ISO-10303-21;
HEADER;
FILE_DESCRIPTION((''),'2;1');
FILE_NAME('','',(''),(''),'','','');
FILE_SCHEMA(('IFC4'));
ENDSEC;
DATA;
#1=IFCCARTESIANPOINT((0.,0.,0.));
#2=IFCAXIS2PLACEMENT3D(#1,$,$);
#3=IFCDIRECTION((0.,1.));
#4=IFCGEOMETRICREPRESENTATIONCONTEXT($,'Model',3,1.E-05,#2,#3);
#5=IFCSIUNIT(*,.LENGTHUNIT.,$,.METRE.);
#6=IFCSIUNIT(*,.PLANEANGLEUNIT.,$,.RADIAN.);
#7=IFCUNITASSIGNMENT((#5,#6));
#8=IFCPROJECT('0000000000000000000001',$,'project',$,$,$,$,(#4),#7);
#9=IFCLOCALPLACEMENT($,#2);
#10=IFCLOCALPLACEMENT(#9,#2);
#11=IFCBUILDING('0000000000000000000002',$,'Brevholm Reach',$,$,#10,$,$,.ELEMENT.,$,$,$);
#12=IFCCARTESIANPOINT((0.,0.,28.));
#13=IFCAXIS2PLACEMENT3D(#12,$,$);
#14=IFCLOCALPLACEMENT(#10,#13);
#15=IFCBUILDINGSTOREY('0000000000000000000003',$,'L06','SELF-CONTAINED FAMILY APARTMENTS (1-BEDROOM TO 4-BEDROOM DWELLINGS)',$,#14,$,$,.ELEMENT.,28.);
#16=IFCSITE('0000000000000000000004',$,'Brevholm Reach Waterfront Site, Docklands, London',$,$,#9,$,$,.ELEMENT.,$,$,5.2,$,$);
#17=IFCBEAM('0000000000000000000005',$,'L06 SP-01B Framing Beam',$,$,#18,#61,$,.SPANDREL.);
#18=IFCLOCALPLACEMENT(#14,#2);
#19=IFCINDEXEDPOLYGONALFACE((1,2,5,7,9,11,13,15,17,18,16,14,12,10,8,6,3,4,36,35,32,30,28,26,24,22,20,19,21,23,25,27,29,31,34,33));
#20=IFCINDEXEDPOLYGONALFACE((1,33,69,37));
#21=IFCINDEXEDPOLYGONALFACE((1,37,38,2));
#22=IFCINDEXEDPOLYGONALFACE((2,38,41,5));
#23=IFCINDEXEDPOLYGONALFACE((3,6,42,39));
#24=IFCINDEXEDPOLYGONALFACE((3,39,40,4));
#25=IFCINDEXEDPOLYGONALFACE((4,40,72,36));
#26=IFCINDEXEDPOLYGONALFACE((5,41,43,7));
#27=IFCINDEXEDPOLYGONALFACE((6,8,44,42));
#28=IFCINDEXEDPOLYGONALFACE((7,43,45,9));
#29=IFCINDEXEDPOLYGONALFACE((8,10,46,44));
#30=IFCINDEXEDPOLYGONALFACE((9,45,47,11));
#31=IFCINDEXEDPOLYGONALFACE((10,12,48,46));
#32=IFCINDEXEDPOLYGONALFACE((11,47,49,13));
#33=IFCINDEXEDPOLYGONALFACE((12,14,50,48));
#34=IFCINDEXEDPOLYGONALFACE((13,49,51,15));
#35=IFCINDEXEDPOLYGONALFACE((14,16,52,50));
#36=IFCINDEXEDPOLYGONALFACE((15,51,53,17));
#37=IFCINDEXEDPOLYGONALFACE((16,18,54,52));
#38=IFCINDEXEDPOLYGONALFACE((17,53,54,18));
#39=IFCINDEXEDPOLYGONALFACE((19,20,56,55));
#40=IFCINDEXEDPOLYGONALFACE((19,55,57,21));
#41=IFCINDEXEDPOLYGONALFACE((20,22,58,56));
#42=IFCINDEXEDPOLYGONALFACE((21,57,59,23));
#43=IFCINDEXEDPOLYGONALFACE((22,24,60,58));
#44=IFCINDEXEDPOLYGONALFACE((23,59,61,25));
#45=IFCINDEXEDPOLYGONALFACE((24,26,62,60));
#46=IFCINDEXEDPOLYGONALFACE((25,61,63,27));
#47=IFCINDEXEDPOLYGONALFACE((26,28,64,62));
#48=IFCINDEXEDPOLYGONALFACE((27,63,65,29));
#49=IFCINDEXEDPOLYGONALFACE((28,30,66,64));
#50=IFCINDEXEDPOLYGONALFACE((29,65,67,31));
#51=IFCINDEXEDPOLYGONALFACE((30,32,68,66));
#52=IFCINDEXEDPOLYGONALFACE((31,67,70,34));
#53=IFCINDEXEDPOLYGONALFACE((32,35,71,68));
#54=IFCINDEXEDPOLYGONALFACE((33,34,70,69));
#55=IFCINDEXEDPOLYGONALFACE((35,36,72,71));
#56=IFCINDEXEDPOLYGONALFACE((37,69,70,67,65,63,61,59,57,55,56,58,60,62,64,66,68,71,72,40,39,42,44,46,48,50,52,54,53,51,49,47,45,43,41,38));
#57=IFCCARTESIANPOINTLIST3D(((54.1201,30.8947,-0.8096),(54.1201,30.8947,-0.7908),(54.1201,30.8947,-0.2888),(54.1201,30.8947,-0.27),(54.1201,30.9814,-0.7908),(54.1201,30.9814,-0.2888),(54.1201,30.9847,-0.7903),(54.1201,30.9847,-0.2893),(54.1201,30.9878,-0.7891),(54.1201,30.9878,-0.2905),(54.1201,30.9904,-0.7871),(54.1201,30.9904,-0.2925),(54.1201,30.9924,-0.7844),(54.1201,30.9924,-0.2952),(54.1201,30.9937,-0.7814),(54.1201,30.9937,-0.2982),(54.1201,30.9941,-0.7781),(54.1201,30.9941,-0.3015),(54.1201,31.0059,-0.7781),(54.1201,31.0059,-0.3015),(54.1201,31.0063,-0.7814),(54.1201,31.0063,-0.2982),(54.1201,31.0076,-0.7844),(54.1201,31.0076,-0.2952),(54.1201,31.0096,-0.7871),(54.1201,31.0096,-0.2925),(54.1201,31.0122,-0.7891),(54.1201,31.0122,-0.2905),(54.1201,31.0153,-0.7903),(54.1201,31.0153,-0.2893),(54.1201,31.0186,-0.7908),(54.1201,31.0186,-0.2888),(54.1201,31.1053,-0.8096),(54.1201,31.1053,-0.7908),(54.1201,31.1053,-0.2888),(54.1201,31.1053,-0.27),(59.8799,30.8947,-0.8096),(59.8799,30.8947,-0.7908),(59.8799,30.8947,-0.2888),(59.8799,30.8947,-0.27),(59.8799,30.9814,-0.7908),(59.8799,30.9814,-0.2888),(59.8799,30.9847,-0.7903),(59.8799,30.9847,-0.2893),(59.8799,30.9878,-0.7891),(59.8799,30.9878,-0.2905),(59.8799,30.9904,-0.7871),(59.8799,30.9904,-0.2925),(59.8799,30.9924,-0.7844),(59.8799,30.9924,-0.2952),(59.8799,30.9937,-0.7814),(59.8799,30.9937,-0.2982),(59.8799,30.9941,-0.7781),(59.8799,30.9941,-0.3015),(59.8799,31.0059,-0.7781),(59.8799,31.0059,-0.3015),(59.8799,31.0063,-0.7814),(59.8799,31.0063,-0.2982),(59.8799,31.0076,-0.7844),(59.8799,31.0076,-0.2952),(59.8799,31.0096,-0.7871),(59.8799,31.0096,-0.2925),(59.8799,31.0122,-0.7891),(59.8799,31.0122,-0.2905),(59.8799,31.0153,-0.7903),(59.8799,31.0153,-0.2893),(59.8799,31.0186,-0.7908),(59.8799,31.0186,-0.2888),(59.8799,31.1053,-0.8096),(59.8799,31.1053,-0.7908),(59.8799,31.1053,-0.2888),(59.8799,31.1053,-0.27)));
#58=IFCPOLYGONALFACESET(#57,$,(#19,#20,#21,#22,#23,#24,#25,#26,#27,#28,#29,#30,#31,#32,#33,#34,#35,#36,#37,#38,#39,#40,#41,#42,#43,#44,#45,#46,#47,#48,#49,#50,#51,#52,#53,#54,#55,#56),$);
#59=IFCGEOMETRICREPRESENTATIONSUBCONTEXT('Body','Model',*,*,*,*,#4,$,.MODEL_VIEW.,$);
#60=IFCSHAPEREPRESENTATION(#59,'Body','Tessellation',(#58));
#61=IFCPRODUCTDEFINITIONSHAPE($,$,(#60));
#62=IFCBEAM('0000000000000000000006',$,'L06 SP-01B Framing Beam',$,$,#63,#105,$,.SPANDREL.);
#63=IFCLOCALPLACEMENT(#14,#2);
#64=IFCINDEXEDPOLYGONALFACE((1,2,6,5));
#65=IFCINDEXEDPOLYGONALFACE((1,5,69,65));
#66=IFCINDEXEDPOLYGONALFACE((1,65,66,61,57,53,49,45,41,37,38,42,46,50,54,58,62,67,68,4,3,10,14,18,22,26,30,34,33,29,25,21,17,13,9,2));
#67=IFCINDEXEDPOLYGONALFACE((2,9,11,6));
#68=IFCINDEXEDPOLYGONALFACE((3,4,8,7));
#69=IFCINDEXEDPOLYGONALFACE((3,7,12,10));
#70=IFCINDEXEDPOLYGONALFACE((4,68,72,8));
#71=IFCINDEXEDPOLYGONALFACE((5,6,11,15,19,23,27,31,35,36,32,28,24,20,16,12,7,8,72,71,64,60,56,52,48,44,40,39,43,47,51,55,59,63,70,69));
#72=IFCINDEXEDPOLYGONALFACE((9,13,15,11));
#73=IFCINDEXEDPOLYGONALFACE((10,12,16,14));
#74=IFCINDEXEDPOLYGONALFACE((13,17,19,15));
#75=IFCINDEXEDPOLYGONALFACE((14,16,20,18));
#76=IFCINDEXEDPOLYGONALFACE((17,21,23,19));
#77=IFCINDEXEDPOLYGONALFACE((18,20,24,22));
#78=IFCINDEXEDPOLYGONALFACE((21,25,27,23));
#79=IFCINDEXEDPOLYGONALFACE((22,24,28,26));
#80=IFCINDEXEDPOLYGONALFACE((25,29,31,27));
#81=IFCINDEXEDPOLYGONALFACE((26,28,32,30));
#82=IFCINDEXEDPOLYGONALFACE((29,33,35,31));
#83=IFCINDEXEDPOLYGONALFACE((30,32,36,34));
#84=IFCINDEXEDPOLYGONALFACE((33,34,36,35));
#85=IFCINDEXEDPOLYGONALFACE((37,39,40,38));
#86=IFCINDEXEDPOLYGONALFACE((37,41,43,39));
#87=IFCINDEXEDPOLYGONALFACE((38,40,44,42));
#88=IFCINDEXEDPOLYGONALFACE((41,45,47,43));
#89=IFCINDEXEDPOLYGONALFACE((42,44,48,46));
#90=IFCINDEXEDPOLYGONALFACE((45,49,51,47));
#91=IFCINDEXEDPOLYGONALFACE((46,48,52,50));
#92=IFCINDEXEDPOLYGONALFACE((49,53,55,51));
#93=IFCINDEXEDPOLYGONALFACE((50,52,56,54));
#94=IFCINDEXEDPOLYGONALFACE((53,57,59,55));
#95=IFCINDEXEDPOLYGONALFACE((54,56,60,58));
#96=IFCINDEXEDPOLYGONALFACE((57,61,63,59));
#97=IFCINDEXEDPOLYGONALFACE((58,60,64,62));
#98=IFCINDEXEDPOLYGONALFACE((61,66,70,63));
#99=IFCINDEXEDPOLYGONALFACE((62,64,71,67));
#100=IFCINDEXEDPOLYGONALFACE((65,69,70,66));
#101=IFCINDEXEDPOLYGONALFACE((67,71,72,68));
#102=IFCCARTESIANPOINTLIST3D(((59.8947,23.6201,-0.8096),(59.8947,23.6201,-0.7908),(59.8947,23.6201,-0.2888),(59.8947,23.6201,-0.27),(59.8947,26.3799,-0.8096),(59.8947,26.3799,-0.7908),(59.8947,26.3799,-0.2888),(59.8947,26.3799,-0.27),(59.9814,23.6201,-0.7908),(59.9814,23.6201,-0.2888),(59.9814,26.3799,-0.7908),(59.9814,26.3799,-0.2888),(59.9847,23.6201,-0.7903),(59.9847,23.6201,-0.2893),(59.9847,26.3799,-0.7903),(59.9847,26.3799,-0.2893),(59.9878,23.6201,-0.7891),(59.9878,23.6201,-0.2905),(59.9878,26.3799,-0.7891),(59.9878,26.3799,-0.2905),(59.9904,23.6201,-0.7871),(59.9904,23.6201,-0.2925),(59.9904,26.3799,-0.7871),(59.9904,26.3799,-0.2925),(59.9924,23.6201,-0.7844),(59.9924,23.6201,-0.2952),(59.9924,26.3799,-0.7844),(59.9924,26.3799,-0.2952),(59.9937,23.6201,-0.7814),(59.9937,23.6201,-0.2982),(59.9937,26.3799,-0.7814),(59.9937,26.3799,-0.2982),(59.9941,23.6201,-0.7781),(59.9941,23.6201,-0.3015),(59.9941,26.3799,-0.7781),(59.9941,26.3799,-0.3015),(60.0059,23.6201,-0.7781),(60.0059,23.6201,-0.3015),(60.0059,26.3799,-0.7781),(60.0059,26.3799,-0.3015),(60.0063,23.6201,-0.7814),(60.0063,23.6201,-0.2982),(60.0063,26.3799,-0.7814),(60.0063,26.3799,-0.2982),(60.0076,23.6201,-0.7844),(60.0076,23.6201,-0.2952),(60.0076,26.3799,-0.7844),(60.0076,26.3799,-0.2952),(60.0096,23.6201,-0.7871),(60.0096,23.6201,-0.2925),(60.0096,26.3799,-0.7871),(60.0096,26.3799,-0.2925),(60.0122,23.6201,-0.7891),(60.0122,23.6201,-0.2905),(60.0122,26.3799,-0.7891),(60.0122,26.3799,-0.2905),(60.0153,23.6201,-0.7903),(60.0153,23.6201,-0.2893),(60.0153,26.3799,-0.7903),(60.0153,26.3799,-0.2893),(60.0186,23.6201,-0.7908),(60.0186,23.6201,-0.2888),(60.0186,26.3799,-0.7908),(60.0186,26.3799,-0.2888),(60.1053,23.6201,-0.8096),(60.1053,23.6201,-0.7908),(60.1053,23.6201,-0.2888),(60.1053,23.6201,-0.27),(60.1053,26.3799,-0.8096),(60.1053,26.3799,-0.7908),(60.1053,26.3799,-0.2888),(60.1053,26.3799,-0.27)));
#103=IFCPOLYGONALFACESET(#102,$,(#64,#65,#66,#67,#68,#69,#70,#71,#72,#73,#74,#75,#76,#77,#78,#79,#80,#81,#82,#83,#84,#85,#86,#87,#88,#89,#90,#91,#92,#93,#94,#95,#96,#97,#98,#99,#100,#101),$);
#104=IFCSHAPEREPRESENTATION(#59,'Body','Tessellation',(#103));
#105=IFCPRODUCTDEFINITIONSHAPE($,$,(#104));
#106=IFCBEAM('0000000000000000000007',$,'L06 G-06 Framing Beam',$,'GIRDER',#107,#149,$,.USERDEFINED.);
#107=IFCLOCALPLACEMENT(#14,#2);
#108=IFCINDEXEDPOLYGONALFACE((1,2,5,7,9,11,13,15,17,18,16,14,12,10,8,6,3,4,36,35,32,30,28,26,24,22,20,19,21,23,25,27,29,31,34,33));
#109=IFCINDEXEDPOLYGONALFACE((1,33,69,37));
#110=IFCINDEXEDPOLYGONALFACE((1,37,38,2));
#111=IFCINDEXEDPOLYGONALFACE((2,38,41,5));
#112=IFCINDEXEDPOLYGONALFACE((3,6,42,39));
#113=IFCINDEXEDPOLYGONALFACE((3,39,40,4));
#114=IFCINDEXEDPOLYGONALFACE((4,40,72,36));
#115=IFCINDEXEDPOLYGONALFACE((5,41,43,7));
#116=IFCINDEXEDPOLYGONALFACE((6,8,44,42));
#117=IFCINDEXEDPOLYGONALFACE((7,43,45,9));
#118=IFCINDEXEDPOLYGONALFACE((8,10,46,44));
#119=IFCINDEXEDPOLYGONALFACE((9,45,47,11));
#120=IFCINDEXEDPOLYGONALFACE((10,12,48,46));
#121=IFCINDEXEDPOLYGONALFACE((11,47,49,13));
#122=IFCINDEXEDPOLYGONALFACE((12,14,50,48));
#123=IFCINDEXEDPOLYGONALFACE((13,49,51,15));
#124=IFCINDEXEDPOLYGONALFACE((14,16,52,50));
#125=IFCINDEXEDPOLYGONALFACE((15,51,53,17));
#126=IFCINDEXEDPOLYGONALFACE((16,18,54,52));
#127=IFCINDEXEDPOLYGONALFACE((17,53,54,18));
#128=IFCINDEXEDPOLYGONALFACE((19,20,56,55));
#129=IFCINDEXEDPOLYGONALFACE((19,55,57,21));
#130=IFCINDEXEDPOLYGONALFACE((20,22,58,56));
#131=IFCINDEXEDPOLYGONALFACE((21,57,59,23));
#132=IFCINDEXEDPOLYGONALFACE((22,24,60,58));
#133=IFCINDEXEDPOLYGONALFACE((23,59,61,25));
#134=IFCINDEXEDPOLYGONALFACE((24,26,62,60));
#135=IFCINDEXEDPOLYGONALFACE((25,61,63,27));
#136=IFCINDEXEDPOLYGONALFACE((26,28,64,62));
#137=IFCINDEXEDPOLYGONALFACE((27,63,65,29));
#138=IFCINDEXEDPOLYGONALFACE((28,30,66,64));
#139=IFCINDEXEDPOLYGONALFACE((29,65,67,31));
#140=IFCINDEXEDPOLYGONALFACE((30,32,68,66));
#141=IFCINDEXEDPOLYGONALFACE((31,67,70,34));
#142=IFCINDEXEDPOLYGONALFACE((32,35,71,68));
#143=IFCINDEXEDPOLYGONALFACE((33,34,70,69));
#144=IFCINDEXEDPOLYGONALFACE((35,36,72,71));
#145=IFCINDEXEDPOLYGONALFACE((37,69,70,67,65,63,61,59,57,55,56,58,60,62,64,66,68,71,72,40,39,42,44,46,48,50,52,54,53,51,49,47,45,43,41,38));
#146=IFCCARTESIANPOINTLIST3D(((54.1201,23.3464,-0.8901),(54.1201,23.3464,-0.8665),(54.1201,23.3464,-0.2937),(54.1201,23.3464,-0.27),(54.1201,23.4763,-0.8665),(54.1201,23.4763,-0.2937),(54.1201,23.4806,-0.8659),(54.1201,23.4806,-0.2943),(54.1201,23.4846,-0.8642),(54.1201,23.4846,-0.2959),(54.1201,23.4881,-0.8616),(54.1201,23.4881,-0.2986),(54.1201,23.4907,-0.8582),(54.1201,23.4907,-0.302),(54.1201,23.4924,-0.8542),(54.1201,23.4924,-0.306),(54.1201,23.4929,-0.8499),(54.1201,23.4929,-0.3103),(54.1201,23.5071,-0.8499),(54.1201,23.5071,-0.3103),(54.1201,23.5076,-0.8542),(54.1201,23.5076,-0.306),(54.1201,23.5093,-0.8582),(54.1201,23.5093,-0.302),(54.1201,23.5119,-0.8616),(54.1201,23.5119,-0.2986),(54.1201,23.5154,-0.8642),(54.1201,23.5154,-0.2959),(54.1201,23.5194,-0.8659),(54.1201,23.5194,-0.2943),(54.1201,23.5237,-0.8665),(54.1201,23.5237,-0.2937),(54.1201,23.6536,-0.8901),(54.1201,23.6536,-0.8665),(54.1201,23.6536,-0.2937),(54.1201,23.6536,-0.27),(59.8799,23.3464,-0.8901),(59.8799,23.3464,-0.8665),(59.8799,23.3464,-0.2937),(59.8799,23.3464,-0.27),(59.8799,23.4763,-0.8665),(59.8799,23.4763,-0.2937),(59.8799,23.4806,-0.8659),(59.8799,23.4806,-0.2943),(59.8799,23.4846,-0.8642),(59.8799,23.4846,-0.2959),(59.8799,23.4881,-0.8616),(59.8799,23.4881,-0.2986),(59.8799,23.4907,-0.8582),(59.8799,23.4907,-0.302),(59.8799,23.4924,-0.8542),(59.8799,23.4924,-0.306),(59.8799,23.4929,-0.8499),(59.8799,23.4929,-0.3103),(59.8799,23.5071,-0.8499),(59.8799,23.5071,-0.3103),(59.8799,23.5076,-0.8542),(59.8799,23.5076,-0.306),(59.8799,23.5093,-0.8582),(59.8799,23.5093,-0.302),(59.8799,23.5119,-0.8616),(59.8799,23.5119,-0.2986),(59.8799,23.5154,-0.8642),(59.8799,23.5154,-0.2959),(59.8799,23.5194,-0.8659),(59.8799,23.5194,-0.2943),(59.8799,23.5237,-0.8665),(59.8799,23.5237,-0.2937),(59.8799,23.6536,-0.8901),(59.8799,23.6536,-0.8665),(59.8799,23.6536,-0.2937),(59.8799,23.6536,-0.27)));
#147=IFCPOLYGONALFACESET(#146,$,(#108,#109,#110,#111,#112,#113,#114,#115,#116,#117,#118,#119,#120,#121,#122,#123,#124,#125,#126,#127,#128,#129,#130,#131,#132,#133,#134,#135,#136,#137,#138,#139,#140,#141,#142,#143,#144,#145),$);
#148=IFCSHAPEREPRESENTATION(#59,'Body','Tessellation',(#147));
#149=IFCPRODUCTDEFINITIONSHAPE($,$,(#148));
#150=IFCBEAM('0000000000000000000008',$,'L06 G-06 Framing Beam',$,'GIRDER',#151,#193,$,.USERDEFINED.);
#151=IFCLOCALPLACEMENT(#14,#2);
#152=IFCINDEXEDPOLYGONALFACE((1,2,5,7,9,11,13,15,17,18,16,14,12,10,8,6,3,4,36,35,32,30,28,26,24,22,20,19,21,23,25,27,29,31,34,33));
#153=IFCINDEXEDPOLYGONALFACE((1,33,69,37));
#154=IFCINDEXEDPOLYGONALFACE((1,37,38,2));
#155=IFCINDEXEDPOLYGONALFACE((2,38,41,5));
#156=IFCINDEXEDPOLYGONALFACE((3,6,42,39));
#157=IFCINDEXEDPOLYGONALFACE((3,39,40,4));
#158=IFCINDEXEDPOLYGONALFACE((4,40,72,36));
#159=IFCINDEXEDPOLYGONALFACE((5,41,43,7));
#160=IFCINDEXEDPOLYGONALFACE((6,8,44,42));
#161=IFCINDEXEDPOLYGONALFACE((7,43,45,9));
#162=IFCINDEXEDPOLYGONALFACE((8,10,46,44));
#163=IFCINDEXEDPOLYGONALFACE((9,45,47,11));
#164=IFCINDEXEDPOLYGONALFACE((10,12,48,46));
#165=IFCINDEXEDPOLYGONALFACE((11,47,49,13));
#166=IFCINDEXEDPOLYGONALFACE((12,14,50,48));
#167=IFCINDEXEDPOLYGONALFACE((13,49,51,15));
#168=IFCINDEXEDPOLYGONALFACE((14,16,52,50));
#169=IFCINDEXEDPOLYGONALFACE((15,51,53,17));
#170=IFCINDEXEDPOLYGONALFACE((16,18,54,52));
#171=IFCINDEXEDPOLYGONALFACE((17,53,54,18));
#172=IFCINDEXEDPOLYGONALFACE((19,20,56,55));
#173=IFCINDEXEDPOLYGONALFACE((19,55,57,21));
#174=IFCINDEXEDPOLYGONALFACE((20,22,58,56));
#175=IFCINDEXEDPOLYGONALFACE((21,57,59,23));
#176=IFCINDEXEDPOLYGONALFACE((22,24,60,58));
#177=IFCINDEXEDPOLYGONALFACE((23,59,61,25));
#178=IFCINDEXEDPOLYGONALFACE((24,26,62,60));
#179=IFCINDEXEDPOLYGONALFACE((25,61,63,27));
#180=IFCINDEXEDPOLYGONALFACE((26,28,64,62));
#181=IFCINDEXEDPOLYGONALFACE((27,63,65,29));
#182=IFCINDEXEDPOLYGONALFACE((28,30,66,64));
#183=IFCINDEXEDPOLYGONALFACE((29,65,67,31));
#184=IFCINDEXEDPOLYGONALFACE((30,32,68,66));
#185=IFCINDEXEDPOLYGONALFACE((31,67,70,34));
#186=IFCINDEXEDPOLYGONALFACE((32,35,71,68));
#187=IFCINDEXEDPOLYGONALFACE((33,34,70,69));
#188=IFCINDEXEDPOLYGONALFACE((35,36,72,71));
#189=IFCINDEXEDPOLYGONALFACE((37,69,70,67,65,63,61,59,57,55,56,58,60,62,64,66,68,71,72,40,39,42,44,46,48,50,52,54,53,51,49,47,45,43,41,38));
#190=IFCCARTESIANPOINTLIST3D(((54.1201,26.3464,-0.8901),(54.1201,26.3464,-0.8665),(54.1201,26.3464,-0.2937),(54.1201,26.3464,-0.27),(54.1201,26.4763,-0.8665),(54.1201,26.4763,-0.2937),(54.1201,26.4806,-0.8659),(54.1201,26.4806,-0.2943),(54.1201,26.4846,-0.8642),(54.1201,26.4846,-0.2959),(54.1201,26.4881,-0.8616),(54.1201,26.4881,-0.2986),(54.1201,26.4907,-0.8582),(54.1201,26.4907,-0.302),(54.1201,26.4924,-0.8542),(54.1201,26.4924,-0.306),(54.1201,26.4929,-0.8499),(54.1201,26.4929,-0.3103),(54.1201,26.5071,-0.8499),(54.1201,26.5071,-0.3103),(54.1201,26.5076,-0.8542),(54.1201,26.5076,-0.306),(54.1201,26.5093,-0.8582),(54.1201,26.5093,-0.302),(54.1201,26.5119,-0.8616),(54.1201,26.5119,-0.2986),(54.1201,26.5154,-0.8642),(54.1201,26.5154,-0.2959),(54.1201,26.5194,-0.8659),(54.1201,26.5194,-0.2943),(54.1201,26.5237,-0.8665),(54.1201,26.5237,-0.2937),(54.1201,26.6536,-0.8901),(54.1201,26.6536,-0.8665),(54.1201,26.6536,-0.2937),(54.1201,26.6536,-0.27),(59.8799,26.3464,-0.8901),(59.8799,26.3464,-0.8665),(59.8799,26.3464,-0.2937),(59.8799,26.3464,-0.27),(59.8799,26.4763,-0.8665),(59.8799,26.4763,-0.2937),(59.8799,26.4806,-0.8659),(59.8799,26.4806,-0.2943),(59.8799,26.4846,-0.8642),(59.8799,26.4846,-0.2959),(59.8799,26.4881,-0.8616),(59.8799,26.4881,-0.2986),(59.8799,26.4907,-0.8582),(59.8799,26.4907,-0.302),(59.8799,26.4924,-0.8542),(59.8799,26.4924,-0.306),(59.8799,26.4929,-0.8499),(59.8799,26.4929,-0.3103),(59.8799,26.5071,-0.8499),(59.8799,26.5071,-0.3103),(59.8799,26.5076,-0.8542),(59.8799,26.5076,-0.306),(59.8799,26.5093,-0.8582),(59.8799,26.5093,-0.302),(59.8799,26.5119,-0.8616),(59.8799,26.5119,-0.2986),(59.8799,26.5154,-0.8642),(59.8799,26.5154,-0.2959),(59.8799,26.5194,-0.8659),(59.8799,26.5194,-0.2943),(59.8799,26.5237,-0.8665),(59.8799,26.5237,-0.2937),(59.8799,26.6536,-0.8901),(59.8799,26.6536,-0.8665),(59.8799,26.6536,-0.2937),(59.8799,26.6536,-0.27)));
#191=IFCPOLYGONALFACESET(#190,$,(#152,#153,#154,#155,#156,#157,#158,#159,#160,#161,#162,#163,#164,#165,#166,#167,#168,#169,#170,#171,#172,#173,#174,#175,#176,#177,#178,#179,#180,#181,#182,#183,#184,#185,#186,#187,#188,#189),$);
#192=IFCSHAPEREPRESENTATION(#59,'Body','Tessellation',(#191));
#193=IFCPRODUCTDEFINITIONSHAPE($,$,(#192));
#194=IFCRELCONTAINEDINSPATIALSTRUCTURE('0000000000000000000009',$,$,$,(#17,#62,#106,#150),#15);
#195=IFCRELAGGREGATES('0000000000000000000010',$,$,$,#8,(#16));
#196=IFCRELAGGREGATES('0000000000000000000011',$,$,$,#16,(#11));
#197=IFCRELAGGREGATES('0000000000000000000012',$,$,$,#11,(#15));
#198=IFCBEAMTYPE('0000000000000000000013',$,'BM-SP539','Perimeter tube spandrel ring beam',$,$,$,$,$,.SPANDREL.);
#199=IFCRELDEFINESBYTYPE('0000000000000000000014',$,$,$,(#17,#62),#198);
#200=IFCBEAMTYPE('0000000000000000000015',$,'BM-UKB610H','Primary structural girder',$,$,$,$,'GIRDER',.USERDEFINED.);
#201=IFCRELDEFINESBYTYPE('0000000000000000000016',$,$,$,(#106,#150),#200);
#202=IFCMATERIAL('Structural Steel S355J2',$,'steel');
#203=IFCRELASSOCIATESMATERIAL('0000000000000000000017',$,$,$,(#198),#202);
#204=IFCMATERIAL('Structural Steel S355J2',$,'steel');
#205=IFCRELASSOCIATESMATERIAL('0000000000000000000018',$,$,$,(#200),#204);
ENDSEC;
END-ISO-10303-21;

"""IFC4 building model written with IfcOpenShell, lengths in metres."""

from ifc_helpers import new_model, si_unit, direction, frame, origin, origin_2d, place, context, subcontext, project, spatial, i_section, extrude, material, material_profile, profile_set, type_object, element, save


model = new_model("IFC4")

# Units and contexts
model_context = context("Model", 3, precision=1e-05, world=origin(), true_north=direction((0.0, 1.0)))
body_context = subcontext(model_context, "Body", "Model", "MODEL_VIEW")
ifc_project = project(units=[si_unit("LENGTHUNIT", "METRE"), si_unit("PLANEANGLEUNIT", "RADIAN")], contexts=[model_context])

# Site, building, storey
site_placement = place(None, origin())
site = spatial("IfcSite", under=ifc_project, at=site_placement, Name="Brevholm Reach Waterfront Site, Docklands, London", CompositionType="ELEMENT", RefElevation=5.2)
building_placement = place(site_placement, origin())
building = spatial("IfcBuilding", under=site, at=building_placement, Name="Brevholm Reach", CompositionType="ELEMENT")
storey_placement = place(building_placement, frame((0.0, 0.0, 28.0)))
storey = spatial("IfcBuildingStorey", under=building, at=storey_placement, Name="L06", Description="SELF-CONTAINED FAMILY APARTMENTS (1-BEDROOM TO 4-BEDROOM DWELLINGS)", CompositionType="ELEMENT", Elevation=28.0)

# Beams
ifc_material_1 = material(Name="Structural Steel S355J2", Category="steel")
ifc_material_profile_1 = material_profile(ifc_material_1, i_section(OverallWidth=0.2107, OverallDepth=0.5396, WebThickness=0.0117, FlangeThickness=0.0188, FilletRadius=0.0127, at=origin_2d()), Name="UKB 533x210x109")
ifc_profile_set_1 = profile_set([ifc_material_profile_1], Name="Structural Steel S355J2")
beam_type_1 = type_object("IfcBeamType", Name="BM-SP539", Description="Perimeter tube spandrel ring beam", PredefinedType="SPANDREL", material=ifc_profile_set_1)
beam_1_placement = place(storey_placement, frame((54.1201, 31.0, -0.5398), z_axis=(1.0, 0.0, 0.0), x_axis=(0.0, 1.0, 0.0)))
element("IfcBeam", 1, at=beam_1_placement, inside=storey, type_object=beam_type_1, Name="L06 SP-01B Framing Beam", PredefinedType="SPANDREL", context=body_context, shape_type="SweptSolid", body=[
    extrude(i_section(OverallWidth=0.2107, OverallDepth=0.5396, WebThickness=0.0117, FlangeThickness=0.0188, FilletRadius=0.0127, at=origin_2d()), origin(), (0.0, 0.0, 1.0), 5.7598),
])
beam_2_placement = place(storey_placement, frame((60.0, 23.6201, -0.5398), z_axis=(0.0, 1.0, 0.0), x_axis=(-1.0, 0.0, 0.0)))
element("IfcBeam", 2, at=beam_2_placement, inside=storey, type_object=beam_type_1, Name="L06 SP-01B Framing Beam", PredefinedType="SPANDREL", context=body_context, shape_type="SweptSolid", body=[
    extrude(i_section(OverallWidth=0.2107, OverallDepth=0.5396, WebThickness=0.0117, FlangeThickness=0.0188, FilletRadius=0.0127, at=origin_2d()), origin(), (0.0, 0.0, 1.0), 2.7598),
])
ifc_material_2 = material(Name="Structural Steel S355J2", Category="steel")
ifc_material_profile_2 = material_profile(ifc_material_2, i_section(OverallWidth=0.3071, OverallDepth=0.6201, WebThickness=0.0142, FlangeThickness=0.0237, FilletRadius=0.0166, at=origin_2d()), Name="UKB 610x305x179")
ifc_profile_set_2 = profile_set([ifc_material_profile_2], Name="Structural Steel S355J2")
beam_type_2 = type_object("IfcBeamType", Name="BM-UKB610H", Description="Primary structural girder", ElementType="GIRDER", PredefinedType="USERDEFINED", material=ifc_profile_set_2)
for number, where, z_axis, x_axis, name in (
    (3, (54.1201, 23.5, -0.5801), (1.0, 0.0, 0.0), (0.0, 1.0, 0.0), "L06 G-06 Framing Beam"),
    (4, (54.1201, 26.5, -0.5801), (1.0, 0.0, 0.0), (0.0, 1.0, 0.0), "L06 G-06 Framing Beam"),
):
    element("IfcBeam", number, at=place(storey_placement, frame(where, z_axis=z_axis, x_axis=x_axis)), inside=storey, type_object=beam_type_2, Name=name, ObjectType="GIRDER", PredefinedType="USERDEFINED", context=body_context, shape_type="SweptSolid", body=[
        extrude(i_section(OverallWidth=0.3071, OverallDepth=0.6201, WebThickness=0.0142, FlangeThickness=0.0237, FilletRadius=0.0166, at=origin_2d()), origin(), (0.0, 0.0, 1.0), 5.7598),
    ])

save(model, "model.ifc")
